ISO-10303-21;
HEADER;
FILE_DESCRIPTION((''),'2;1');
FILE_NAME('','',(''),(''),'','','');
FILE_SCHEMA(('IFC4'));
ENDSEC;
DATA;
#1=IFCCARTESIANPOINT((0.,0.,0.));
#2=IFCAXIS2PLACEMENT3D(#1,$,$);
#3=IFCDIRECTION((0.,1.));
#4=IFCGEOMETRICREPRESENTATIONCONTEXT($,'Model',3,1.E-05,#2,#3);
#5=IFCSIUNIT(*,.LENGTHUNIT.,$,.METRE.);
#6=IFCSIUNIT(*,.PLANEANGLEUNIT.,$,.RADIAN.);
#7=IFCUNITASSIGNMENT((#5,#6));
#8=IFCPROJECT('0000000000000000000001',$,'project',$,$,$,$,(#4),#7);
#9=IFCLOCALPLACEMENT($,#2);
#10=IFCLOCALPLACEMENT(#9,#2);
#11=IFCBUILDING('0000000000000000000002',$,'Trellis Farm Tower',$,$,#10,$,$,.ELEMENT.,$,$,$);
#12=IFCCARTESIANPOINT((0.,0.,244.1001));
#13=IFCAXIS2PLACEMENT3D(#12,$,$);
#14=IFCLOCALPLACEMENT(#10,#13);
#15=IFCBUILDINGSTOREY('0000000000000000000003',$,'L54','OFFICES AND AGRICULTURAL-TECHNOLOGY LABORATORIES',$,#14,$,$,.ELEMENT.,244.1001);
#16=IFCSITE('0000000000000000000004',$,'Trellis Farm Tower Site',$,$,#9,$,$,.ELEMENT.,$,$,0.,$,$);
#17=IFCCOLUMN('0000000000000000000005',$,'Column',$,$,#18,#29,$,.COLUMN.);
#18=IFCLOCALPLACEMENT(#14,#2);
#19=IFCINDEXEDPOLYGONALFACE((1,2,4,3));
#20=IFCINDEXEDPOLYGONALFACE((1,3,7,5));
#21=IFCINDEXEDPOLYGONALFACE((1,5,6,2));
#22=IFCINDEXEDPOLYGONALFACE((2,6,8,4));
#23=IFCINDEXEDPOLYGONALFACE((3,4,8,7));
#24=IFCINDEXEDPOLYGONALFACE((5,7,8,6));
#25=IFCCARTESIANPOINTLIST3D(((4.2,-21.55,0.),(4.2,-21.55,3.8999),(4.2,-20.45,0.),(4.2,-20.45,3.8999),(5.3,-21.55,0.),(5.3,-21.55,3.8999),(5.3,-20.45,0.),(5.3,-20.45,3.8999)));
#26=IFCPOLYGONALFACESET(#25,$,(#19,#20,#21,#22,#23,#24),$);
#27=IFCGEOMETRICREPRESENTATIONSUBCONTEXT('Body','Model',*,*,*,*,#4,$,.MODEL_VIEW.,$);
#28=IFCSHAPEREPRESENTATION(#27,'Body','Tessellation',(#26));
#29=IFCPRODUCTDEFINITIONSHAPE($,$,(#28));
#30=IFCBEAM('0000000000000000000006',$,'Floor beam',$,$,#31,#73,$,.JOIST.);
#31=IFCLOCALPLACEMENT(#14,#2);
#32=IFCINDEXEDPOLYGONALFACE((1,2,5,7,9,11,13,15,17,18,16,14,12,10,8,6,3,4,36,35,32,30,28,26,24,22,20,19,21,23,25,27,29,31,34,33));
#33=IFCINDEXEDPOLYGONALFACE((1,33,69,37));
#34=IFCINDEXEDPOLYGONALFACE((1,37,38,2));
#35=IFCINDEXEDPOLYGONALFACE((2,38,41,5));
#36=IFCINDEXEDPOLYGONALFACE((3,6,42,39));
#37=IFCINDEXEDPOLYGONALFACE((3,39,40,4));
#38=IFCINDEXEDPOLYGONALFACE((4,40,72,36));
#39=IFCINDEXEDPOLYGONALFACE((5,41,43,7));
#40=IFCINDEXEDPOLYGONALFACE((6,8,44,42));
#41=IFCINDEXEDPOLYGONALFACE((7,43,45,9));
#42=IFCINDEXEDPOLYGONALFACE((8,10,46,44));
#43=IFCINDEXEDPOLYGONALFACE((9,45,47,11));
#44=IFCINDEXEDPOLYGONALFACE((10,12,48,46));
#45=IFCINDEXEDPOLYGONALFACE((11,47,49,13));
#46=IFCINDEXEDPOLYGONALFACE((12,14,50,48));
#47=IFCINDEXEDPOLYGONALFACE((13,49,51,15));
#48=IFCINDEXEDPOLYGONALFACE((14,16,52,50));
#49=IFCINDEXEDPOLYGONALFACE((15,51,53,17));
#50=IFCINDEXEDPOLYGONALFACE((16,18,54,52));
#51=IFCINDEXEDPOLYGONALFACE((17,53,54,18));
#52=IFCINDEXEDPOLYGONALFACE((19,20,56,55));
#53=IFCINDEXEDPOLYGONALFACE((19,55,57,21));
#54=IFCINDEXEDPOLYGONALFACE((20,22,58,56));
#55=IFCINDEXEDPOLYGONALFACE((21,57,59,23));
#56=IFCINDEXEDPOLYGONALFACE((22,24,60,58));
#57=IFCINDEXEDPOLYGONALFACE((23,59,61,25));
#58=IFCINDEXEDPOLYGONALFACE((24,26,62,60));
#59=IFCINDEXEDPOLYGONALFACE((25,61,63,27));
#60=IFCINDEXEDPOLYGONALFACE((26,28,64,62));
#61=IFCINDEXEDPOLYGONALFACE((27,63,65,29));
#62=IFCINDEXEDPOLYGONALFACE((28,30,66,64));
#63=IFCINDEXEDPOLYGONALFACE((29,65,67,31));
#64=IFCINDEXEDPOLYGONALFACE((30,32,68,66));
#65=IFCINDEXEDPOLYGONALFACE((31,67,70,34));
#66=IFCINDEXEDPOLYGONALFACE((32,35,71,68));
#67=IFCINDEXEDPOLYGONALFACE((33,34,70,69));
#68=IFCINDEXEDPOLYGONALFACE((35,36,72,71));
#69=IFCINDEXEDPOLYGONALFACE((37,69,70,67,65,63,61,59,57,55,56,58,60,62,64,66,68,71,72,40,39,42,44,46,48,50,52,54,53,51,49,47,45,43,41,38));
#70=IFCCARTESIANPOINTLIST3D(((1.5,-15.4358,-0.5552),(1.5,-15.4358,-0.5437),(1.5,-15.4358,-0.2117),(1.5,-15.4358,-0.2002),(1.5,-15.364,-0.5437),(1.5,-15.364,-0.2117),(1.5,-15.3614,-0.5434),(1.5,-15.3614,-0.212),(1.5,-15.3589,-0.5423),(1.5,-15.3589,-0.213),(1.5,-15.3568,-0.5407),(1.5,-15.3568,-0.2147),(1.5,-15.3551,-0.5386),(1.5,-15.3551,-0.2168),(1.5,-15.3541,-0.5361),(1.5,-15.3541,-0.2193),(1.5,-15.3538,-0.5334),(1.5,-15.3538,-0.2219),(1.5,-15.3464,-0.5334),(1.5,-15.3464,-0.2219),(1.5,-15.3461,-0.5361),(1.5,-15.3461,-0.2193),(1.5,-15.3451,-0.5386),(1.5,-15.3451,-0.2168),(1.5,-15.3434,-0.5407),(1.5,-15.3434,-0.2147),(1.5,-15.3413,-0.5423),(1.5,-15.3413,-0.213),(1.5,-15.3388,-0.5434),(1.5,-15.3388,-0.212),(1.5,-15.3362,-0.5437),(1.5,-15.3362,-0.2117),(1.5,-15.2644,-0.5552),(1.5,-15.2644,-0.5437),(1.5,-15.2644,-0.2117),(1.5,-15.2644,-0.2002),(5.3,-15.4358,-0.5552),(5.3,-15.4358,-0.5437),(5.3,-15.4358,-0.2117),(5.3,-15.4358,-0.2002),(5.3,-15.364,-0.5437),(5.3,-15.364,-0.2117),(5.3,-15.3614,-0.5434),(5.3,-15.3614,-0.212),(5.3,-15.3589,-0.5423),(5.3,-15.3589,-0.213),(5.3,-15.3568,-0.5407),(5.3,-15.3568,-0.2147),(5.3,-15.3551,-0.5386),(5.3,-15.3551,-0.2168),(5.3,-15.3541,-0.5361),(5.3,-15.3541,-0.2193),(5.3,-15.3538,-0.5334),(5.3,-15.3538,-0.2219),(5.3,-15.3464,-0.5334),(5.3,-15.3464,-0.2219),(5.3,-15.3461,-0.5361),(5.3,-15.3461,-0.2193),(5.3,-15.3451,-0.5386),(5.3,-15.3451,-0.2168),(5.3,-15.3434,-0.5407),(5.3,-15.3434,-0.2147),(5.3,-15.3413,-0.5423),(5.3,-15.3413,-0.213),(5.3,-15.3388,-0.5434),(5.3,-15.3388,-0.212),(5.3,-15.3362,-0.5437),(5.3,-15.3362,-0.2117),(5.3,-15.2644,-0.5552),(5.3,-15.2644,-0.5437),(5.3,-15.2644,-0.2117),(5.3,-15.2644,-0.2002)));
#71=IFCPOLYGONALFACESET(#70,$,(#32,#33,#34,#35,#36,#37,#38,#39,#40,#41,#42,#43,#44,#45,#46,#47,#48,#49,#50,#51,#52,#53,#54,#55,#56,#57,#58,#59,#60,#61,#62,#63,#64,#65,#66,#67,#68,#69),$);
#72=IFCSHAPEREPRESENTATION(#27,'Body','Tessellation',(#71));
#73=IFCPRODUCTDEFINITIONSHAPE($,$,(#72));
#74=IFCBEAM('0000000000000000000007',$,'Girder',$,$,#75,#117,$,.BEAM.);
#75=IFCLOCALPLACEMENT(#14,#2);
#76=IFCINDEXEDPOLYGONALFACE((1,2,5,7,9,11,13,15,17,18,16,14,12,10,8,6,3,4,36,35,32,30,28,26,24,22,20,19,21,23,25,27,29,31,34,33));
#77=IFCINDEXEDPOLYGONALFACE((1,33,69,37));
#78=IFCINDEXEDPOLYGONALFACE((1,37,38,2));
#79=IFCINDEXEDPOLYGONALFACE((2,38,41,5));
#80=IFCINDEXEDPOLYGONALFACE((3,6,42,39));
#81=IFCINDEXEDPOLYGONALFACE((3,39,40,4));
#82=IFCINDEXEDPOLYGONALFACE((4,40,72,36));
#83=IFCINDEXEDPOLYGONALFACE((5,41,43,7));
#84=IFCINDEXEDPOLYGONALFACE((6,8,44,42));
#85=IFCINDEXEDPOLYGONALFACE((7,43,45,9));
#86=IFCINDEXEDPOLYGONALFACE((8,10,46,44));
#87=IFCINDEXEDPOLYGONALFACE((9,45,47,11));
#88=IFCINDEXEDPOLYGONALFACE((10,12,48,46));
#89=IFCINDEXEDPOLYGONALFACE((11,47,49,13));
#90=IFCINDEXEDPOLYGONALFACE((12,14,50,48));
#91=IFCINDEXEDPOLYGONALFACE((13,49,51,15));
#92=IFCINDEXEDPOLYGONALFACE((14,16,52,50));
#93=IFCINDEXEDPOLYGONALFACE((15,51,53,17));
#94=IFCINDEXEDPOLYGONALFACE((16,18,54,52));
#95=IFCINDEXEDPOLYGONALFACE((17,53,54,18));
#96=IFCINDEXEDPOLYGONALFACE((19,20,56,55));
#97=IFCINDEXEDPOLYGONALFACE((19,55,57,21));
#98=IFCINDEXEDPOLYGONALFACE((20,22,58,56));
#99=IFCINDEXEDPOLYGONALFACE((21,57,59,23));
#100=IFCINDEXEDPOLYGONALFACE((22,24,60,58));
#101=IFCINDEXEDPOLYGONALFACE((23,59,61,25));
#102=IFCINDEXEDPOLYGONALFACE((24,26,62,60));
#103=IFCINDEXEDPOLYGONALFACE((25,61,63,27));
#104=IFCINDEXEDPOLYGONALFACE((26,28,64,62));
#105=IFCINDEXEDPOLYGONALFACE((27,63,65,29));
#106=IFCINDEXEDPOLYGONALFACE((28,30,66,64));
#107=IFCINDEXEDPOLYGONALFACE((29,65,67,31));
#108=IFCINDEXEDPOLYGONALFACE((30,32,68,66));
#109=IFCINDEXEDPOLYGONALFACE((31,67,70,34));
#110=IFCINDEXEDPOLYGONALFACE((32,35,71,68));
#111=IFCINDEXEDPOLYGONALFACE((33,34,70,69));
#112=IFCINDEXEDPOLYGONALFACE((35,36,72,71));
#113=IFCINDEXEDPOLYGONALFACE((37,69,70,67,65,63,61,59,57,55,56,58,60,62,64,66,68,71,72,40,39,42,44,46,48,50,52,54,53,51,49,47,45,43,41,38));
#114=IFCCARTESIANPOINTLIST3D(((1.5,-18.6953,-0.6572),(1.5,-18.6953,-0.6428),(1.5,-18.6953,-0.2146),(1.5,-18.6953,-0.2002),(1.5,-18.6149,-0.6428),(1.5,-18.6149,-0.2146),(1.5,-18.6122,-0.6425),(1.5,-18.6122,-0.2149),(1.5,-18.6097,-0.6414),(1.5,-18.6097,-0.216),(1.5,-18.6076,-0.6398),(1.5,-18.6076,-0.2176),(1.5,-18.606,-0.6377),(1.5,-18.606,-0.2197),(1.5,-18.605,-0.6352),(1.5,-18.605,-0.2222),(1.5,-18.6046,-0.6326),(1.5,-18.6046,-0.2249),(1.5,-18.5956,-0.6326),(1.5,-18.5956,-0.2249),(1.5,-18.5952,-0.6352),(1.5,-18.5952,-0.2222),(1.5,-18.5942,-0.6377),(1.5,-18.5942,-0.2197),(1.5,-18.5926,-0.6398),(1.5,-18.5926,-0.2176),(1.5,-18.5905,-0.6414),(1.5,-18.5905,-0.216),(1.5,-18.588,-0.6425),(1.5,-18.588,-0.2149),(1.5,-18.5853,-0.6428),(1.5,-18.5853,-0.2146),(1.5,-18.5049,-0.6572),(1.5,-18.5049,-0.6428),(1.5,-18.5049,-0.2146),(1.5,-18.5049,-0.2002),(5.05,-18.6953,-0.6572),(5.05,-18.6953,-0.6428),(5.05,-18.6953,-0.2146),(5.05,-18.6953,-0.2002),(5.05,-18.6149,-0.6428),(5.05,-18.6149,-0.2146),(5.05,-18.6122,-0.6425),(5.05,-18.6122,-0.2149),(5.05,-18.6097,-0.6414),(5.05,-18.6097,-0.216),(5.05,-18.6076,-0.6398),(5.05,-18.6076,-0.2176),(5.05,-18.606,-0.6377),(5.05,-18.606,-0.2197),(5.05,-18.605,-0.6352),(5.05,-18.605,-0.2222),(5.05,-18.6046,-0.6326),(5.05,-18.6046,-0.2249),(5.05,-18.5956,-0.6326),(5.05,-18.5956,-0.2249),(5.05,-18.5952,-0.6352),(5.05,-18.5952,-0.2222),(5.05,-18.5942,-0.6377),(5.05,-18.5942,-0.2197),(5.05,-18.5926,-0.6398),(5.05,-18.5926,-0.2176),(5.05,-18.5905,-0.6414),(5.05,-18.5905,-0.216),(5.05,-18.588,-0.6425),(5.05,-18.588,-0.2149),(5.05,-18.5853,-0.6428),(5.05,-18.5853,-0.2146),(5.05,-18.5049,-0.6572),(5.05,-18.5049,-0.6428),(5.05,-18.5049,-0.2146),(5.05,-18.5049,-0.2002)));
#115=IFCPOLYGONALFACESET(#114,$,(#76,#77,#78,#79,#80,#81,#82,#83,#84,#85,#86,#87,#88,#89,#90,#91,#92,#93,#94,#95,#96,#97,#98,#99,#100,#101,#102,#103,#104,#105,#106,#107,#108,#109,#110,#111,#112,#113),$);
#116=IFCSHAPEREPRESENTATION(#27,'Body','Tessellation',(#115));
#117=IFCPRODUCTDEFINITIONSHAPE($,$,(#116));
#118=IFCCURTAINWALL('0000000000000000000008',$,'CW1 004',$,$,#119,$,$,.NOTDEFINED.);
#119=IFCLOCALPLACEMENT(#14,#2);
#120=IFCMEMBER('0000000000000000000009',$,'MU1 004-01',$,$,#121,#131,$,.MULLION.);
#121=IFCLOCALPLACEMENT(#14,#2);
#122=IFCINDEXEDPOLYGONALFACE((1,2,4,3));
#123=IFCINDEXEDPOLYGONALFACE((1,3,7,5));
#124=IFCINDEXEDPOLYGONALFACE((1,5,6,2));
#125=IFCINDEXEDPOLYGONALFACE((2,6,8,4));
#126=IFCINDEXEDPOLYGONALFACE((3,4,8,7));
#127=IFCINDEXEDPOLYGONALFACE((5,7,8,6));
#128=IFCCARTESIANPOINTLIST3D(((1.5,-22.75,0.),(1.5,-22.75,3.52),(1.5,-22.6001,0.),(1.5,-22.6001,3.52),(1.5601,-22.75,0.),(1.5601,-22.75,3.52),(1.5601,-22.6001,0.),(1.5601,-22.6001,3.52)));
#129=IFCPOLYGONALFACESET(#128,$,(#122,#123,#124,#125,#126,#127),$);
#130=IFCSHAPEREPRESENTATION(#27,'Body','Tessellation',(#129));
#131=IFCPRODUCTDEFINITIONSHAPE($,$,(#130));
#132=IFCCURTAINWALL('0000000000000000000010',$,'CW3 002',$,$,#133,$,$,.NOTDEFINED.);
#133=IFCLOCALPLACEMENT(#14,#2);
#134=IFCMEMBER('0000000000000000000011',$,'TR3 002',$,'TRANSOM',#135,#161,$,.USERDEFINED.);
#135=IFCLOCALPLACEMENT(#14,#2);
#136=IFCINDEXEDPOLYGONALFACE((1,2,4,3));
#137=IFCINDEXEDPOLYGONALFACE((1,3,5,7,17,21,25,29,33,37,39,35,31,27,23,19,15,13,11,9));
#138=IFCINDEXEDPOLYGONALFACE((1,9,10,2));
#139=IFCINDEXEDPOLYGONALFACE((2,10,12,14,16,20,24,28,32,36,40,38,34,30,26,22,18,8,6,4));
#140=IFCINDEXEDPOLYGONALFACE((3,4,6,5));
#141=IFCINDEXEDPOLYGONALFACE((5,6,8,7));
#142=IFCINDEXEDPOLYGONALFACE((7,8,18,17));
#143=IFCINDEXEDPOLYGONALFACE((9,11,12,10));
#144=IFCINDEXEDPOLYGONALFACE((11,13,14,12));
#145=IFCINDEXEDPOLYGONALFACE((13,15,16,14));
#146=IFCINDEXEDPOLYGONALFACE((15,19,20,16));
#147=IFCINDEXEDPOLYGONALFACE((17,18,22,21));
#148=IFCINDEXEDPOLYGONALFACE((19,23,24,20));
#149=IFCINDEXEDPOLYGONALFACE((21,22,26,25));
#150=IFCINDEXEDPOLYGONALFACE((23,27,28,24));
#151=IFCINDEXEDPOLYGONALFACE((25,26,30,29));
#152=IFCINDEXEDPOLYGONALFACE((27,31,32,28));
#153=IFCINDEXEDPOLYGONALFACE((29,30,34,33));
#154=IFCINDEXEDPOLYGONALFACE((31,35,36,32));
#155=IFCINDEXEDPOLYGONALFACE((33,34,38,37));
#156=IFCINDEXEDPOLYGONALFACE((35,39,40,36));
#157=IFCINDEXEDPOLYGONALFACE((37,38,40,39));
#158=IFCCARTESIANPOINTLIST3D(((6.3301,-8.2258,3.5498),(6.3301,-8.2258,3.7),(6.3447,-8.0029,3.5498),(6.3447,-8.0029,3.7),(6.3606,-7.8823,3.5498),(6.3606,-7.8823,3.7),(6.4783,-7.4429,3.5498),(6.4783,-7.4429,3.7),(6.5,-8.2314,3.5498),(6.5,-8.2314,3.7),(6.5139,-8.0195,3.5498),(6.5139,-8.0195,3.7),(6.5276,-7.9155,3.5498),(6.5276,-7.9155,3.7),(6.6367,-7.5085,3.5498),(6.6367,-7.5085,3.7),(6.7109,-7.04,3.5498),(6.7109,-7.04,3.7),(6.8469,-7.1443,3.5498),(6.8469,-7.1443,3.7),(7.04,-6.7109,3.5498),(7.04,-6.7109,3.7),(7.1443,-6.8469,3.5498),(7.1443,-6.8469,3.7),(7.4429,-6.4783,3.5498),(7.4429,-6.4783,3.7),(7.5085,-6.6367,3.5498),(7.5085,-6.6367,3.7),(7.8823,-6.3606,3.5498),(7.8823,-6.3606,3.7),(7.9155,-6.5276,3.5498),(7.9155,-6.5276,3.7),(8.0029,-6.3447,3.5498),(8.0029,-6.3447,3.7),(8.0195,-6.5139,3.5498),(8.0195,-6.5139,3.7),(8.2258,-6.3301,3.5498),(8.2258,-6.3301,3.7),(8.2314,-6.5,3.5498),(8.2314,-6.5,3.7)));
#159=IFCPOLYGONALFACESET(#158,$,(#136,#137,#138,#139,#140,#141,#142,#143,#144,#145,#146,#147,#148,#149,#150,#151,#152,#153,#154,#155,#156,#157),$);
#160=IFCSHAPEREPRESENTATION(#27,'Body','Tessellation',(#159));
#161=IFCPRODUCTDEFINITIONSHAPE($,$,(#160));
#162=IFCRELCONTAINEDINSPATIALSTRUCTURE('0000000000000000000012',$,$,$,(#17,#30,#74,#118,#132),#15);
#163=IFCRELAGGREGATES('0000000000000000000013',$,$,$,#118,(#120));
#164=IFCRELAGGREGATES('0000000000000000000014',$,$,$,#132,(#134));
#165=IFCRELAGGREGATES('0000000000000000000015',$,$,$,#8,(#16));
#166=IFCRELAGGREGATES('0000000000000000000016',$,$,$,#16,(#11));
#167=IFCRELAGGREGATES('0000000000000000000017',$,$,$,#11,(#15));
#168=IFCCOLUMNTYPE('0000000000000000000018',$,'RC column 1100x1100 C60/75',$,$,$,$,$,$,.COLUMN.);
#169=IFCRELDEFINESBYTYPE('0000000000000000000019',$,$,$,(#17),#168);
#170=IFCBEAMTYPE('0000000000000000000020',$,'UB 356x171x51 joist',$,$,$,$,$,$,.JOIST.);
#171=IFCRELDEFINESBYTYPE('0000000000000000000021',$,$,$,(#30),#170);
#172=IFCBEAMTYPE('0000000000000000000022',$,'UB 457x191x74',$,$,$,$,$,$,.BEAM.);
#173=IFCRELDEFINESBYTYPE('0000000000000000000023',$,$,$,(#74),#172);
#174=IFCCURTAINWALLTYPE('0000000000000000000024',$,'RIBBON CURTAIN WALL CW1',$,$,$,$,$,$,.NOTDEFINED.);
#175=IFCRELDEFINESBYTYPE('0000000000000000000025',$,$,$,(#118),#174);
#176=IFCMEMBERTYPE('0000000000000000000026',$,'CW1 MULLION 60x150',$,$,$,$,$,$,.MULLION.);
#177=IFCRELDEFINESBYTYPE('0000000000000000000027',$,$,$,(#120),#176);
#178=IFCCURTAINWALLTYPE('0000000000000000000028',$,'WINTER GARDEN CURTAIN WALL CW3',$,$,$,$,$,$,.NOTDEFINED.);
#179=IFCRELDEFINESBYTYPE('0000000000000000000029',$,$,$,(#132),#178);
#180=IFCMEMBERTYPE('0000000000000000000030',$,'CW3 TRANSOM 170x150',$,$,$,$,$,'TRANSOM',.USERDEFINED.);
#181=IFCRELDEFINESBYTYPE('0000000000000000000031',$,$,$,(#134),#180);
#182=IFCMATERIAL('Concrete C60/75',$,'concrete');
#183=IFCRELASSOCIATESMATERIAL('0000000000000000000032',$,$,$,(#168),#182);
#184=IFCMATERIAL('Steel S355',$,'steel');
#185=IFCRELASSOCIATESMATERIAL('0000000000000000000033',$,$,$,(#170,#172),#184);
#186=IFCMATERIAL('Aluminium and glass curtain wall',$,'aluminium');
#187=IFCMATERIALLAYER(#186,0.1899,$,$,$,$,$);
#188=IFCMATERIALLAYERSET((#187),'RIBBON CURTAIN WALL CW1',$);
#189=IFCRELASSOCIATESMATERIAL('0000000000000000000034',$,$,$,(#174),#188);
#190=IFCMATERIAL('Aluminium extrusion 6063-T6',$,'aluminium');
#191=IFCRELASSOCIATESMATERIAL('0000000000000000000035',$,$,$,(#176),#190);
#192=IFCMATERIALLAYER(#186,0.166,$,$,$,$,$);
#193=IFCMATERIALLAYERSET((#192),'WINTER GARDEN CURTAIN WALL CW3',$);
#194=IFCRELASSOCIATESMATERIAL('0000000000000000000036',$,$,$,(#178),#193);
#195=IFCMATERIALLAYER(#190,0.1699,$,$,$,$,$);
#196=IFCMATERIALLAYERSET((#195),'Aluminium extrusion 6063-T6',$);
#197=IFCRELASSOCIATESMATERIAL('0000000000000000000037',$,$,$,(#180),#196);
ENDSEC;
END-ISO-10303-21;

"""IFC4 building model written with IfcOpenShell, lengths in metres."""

from ifc_helpers import new_model, si_unit, direction, frame, origin, origin_2d, place, context, subcontext, project, spatial, polyline, rectangle, i_section, outline, extrude, source, transform, mapped, material, layer, layer_set, material_profile, profile_set, type_object, element, aggregate, save


model = new_model("IFC4")

# Units and contexts
model_context = context("Model", 3, precision=1e-05, world=origin(), true_north=direction((0.0, 1.0)))
body_context = subcontext(model_context, "Body", "Model", "MODEL_VIEW")
ifc_project = project(units=[si_unit("LENGTHUNIT", "METRE"), si_unit("PLANEANGLEUNIT", "RADIAN")], contexts=[model_context])

# Site, building, storey
site_placement = place(None, origin())
site = spatial("IfcSite", under=ifc_project, at=site_placement, Name="Trellis Farm Tower Site", CompositionType="ELEMENT", RefElevation=0.0)
building_placement = place(site_placement, origin())
building = spatial("IfcBuilding", under=site, at=building_placement, Name="Trellis Farm Tower", CompositionType="ELEMENT")
storey_placement = place(building_placement, frame((0.0, 0.0, 244.1001)))
storey = spatial("IfcBuildingStorey", under=building, at=storey_placement, Name="L54", Description="OFFICES AND AGRICULTURAL-TECHNOLOGY LABORATORIES", CompositionType="ELEMENT", Elevation=244.1001)

# Column
ifc_material_1 = material(Name="Concrete C60/75", Category="concrete")
ifc_material_profile_1 = material_profile(ifc_material_1, rectangle(XDim=1.1001, YDim=1.1001, at=origin_2d()), Name="RC column 1100x1100 C60/75")
ifc_profile_set_1 = profile_set([ifc_material_profile_1], Name="Concrete C60/75")
column_type = type_object("IfcColumnType", Name="RC column 1100x1100 C60/75", PredefinedType="COLUMN", material=ifc_profile_set_1)
shared_shape_1 = source(origin(), body_context, "Body", "SweptSolid", [
    extrude(rectangle(XDim=1.1001, YDim=1.1001, at=origin_2d()), origin(), (0.0, 0.0, 1.0), 3.8999),
])
column_placement = place(storey_placement, frame((4.75, -21.0, 0.0), z_axis=(0.0, 0.0, 1.0), x_axis=(1.0, 0.0, 0.0)))
element("IfcColumn", 1, at=column_placement, inside=storey, type_object=column_type, Name="Column", PredefinedType="COLUMN", context=body_context, shape_type="MappedRepresentation", body=[
    mapped(shared_shape_1, transform((0.0, 0.0, 0.0))),
])

# Beams
ifc_material_2 = material(Name="Steel S355", Category="steel")
ifc_material_profile_2 = material_profile(ifc_material_2, i_section(OverallWidth=0.1714, OverallDepth=0.355, WebThickness=0.0073, FlangeThickness=0.0115, FilletRadius=0.0103, at=origin_2d()), Name="UB 356x171x51")
ifc_profile_set_2 = profile_set([ifc_material_profile_2], Name="Steel S355")
beam_type_1 = type_object("IfcBeamType", Name="UB 356x171x51 joist", PredefinedType="JOIST", material=ifc_profile_set_2)
shared_shape_2 = source(origin(), body_context, "Body", "SweptSolid", [
    extrude(i_section(OverallWidth=0.1714, OverallDepth=0.355, WebThickness=0.0073, FlangeThickness=0.0115, FilletRadius=0.0103, at=origin_2d()), origin(), (0.0, 0.0, 1.0), 3.8),
])
beam_1_placement = place(storey_placement, frame((1.5, -15.3501, -0.3777), z_axis=(1.0, 0.0, 0.0), x_axis=(0.0, 1.0, 0.0)))
element("IfcBeam", 2, at=beam_1_placement, inside=storey, type_object=beam_type_1, Name="Floor beam", PredefinedType="JOIST", context=body_context, shape_type="MappedRepresentation", body=[
    mapped(shared_shape_2, transform((0.0, 0.0, 0.0))),
])
ifc_material_profile_3 = material_profile(ifc_material_2, i_section(OverallWidth=0.1904, OverallDepth=0.457, WebThickness=0.009, FlangeThickness=0.0144, FilletRadius=0.0103, at=origin_2d()), Name="UB 457x191x74")
ifc_profile_set_3 = profile_set([ifc_material_profile_3], Name="Steel S355")
beam_type_2 = type_object("IfcBeamType", Name="UB 457x191x74", PredefinedType="BEAM", material=ifc_profile_set_3)
shared_shape_3 = source(origin(), body_context, "Body", "SweptSolid", [
    extrude(i_section(OverallWidth=0.1904, OverallDepth=0.457, WebThickness=0.009, FlangeThickness=0.0144, FilletRadius=0.0103, at=origin_2d()), origin(), (0.0, 0.0, 1.0), 3.55),
])
beam_2_placement = place(storey_placement, frame((1.5, -18.6001, -0.4287), z_axis=(1.0, 0.0, 0.0), x_axis=(0.0, 1.0, 0.0)))
element("IfcBeam", 3, at=beam_2_placement, inside=storey, type_object=beam_type_2, Name="Girder", PredefinedType="BEAM", context=body_context, shape_type="MappedRepresentation", body=[
    mapped(shared_shape_3, transform((0.0, 0.0, 0.0))),
])

# Curtain walls, members
ifc_material_3 = material(Name="Aluminium and glass curtain wall", Category="aluminium")
ifc_layer_1 = layer(ifc_material_3, 0.1899)
ifc_layer_set_1 = layer_set([ifc_layer_1], Name="RIBBON CURTAIN WALL CW1")
curtain_wall_type_1 = type_object("IfcCurtainWallType", Name="RIBBON CURTAIN WALL CW1", PredefinedType="NOTDEFINED", material=ifc_layer_set_1)
placement_1 = place(storey_placement, origin())
curtain_wall_1 = element("IfcCurtainWall", 4, at=placement_1, inside=storey, type_object=curtain_wall_type_1, Name="CW1 004", PredefinedType="NOTDEFINED")
ifc_material_4 = material(Name="Aluminium extrusion 6063-T6", Category="aluminium")
ifc_material_profile_4 = material_profile(ifc_material_4, rectangle(XDim=0.0601, YDim=0.1499, at=origin_2d()), Name="MULLION 60x150")
ifc_profile_set_4 = profile_set([ifc_material_profile_4], Name="Aluminium extrusion 6063-T6")
member_type_1 = type_object("IfcMemberType", Name="CW1 MULLION 60x150", PredefinedType="MULLION", material=ifc_profile_set_4)
shared_shape_4 = source(origin(), body_context, "Body", "SweptSolid", [
    extrude(rectangle(XDim=0.0601, YDim=0.1499, at=origin_2d()), origin(), (0.0, 0.0, 1.0), 3.52),
])
member_1_placement = place(storey_placement, frame((1.53, -22.675, 0.0), z_axis=(0.0, 0.0, 1.0), x_axis=(1.0, 0.0, 0.0)))
member_1 = element("IfcMember", 5, at=member_1_placement, type_object=member_type_1, Name="MU1 004-01", PredefinedType="MULLION", context=body_context, shape_type="MappedRepresentation", body=[
    mapped(shared_shape_4, transform((0.0, 0.0, 0.0))),
])
aggregate(curtain_wall_1, [member_1])
ifc_layer_2 = layer(ifc_material_3, 0.166)
ifc_layer_set_2 = layer_set([ifc_layer_2], Name="WINTER GARDEN CURTAIN WALL CW3")
curtain_wall_type_2 = type_object("IfcCurtainWallType", Name="WINTER GARDEN CURTAIN WALL CW3", PredefinedType="NOTDEFINED", material=ifc_layer_set_2)
curtain_wall_2 = element("IfcCurtainWall", 6, at=placement_1, inside=storey, type_object=curtain_wall_type_2, Name="CW3 002", PredefinedType="NOTDEFINED")
ifc_layer_3 = layer(ifc_material_4, 0.1699)
ifc_layer_set_3 = layer_set([ifc_layer_3], Name="Aluminium extrusion 6063-T6")
member_type_2 = type_object("IfcMemberType", Name="CW3 TRANSOM 170x150", ElementType="TRANSOM", PredefinedType="USERDEFINED", material=ifc_layer_set_3)
shared_shape_5 = source(origin(), body_context, "Body", "SweptSolid", [
    extrude(outline(polyline([(6.5, -8.2314), (6.5139, -8.0195), (6.5276, -7.9155), (6.6367, -7.5085), (6.8469, -7.1443), (7.1443, -6.8469), (7.5085, -6.6367), (7.9155, -6.5276), (8.0195, -6.5139), (8.2314, -6.5), (8.2258, -6.3301), (8.0029, -6.3447), (7.8823, -6.3606), (7.4429, -6.4783), (7.04, -6.7109), (6.7109, -7.04), (6.4783, -7.4429), (6.3606, -7.8823), (6.3447, -8.0029), (6.3301, -8.2258), (6.5, -8.2314)])), origin(), (0.0, 0.0, 1.0), 0.1501),
])
placement_2 = place(storey_placement, frame((0.0, 0.0, 3.5498)))
member_2 = element("IfcMember", 7, at=placement_2, type_object=member_type_2, Name="TR3 002", ObjectType="TRANSOM", PredefinedType="USERDEFINED", context=body_context, shape_type="MappedRepresentation", body=[
    mapped(shared_shape_5, transform((0.0, 0.0, 0.0))),
])
aggregate(curtain_wall_2, [member_2])

save(model, "model.ifc")
